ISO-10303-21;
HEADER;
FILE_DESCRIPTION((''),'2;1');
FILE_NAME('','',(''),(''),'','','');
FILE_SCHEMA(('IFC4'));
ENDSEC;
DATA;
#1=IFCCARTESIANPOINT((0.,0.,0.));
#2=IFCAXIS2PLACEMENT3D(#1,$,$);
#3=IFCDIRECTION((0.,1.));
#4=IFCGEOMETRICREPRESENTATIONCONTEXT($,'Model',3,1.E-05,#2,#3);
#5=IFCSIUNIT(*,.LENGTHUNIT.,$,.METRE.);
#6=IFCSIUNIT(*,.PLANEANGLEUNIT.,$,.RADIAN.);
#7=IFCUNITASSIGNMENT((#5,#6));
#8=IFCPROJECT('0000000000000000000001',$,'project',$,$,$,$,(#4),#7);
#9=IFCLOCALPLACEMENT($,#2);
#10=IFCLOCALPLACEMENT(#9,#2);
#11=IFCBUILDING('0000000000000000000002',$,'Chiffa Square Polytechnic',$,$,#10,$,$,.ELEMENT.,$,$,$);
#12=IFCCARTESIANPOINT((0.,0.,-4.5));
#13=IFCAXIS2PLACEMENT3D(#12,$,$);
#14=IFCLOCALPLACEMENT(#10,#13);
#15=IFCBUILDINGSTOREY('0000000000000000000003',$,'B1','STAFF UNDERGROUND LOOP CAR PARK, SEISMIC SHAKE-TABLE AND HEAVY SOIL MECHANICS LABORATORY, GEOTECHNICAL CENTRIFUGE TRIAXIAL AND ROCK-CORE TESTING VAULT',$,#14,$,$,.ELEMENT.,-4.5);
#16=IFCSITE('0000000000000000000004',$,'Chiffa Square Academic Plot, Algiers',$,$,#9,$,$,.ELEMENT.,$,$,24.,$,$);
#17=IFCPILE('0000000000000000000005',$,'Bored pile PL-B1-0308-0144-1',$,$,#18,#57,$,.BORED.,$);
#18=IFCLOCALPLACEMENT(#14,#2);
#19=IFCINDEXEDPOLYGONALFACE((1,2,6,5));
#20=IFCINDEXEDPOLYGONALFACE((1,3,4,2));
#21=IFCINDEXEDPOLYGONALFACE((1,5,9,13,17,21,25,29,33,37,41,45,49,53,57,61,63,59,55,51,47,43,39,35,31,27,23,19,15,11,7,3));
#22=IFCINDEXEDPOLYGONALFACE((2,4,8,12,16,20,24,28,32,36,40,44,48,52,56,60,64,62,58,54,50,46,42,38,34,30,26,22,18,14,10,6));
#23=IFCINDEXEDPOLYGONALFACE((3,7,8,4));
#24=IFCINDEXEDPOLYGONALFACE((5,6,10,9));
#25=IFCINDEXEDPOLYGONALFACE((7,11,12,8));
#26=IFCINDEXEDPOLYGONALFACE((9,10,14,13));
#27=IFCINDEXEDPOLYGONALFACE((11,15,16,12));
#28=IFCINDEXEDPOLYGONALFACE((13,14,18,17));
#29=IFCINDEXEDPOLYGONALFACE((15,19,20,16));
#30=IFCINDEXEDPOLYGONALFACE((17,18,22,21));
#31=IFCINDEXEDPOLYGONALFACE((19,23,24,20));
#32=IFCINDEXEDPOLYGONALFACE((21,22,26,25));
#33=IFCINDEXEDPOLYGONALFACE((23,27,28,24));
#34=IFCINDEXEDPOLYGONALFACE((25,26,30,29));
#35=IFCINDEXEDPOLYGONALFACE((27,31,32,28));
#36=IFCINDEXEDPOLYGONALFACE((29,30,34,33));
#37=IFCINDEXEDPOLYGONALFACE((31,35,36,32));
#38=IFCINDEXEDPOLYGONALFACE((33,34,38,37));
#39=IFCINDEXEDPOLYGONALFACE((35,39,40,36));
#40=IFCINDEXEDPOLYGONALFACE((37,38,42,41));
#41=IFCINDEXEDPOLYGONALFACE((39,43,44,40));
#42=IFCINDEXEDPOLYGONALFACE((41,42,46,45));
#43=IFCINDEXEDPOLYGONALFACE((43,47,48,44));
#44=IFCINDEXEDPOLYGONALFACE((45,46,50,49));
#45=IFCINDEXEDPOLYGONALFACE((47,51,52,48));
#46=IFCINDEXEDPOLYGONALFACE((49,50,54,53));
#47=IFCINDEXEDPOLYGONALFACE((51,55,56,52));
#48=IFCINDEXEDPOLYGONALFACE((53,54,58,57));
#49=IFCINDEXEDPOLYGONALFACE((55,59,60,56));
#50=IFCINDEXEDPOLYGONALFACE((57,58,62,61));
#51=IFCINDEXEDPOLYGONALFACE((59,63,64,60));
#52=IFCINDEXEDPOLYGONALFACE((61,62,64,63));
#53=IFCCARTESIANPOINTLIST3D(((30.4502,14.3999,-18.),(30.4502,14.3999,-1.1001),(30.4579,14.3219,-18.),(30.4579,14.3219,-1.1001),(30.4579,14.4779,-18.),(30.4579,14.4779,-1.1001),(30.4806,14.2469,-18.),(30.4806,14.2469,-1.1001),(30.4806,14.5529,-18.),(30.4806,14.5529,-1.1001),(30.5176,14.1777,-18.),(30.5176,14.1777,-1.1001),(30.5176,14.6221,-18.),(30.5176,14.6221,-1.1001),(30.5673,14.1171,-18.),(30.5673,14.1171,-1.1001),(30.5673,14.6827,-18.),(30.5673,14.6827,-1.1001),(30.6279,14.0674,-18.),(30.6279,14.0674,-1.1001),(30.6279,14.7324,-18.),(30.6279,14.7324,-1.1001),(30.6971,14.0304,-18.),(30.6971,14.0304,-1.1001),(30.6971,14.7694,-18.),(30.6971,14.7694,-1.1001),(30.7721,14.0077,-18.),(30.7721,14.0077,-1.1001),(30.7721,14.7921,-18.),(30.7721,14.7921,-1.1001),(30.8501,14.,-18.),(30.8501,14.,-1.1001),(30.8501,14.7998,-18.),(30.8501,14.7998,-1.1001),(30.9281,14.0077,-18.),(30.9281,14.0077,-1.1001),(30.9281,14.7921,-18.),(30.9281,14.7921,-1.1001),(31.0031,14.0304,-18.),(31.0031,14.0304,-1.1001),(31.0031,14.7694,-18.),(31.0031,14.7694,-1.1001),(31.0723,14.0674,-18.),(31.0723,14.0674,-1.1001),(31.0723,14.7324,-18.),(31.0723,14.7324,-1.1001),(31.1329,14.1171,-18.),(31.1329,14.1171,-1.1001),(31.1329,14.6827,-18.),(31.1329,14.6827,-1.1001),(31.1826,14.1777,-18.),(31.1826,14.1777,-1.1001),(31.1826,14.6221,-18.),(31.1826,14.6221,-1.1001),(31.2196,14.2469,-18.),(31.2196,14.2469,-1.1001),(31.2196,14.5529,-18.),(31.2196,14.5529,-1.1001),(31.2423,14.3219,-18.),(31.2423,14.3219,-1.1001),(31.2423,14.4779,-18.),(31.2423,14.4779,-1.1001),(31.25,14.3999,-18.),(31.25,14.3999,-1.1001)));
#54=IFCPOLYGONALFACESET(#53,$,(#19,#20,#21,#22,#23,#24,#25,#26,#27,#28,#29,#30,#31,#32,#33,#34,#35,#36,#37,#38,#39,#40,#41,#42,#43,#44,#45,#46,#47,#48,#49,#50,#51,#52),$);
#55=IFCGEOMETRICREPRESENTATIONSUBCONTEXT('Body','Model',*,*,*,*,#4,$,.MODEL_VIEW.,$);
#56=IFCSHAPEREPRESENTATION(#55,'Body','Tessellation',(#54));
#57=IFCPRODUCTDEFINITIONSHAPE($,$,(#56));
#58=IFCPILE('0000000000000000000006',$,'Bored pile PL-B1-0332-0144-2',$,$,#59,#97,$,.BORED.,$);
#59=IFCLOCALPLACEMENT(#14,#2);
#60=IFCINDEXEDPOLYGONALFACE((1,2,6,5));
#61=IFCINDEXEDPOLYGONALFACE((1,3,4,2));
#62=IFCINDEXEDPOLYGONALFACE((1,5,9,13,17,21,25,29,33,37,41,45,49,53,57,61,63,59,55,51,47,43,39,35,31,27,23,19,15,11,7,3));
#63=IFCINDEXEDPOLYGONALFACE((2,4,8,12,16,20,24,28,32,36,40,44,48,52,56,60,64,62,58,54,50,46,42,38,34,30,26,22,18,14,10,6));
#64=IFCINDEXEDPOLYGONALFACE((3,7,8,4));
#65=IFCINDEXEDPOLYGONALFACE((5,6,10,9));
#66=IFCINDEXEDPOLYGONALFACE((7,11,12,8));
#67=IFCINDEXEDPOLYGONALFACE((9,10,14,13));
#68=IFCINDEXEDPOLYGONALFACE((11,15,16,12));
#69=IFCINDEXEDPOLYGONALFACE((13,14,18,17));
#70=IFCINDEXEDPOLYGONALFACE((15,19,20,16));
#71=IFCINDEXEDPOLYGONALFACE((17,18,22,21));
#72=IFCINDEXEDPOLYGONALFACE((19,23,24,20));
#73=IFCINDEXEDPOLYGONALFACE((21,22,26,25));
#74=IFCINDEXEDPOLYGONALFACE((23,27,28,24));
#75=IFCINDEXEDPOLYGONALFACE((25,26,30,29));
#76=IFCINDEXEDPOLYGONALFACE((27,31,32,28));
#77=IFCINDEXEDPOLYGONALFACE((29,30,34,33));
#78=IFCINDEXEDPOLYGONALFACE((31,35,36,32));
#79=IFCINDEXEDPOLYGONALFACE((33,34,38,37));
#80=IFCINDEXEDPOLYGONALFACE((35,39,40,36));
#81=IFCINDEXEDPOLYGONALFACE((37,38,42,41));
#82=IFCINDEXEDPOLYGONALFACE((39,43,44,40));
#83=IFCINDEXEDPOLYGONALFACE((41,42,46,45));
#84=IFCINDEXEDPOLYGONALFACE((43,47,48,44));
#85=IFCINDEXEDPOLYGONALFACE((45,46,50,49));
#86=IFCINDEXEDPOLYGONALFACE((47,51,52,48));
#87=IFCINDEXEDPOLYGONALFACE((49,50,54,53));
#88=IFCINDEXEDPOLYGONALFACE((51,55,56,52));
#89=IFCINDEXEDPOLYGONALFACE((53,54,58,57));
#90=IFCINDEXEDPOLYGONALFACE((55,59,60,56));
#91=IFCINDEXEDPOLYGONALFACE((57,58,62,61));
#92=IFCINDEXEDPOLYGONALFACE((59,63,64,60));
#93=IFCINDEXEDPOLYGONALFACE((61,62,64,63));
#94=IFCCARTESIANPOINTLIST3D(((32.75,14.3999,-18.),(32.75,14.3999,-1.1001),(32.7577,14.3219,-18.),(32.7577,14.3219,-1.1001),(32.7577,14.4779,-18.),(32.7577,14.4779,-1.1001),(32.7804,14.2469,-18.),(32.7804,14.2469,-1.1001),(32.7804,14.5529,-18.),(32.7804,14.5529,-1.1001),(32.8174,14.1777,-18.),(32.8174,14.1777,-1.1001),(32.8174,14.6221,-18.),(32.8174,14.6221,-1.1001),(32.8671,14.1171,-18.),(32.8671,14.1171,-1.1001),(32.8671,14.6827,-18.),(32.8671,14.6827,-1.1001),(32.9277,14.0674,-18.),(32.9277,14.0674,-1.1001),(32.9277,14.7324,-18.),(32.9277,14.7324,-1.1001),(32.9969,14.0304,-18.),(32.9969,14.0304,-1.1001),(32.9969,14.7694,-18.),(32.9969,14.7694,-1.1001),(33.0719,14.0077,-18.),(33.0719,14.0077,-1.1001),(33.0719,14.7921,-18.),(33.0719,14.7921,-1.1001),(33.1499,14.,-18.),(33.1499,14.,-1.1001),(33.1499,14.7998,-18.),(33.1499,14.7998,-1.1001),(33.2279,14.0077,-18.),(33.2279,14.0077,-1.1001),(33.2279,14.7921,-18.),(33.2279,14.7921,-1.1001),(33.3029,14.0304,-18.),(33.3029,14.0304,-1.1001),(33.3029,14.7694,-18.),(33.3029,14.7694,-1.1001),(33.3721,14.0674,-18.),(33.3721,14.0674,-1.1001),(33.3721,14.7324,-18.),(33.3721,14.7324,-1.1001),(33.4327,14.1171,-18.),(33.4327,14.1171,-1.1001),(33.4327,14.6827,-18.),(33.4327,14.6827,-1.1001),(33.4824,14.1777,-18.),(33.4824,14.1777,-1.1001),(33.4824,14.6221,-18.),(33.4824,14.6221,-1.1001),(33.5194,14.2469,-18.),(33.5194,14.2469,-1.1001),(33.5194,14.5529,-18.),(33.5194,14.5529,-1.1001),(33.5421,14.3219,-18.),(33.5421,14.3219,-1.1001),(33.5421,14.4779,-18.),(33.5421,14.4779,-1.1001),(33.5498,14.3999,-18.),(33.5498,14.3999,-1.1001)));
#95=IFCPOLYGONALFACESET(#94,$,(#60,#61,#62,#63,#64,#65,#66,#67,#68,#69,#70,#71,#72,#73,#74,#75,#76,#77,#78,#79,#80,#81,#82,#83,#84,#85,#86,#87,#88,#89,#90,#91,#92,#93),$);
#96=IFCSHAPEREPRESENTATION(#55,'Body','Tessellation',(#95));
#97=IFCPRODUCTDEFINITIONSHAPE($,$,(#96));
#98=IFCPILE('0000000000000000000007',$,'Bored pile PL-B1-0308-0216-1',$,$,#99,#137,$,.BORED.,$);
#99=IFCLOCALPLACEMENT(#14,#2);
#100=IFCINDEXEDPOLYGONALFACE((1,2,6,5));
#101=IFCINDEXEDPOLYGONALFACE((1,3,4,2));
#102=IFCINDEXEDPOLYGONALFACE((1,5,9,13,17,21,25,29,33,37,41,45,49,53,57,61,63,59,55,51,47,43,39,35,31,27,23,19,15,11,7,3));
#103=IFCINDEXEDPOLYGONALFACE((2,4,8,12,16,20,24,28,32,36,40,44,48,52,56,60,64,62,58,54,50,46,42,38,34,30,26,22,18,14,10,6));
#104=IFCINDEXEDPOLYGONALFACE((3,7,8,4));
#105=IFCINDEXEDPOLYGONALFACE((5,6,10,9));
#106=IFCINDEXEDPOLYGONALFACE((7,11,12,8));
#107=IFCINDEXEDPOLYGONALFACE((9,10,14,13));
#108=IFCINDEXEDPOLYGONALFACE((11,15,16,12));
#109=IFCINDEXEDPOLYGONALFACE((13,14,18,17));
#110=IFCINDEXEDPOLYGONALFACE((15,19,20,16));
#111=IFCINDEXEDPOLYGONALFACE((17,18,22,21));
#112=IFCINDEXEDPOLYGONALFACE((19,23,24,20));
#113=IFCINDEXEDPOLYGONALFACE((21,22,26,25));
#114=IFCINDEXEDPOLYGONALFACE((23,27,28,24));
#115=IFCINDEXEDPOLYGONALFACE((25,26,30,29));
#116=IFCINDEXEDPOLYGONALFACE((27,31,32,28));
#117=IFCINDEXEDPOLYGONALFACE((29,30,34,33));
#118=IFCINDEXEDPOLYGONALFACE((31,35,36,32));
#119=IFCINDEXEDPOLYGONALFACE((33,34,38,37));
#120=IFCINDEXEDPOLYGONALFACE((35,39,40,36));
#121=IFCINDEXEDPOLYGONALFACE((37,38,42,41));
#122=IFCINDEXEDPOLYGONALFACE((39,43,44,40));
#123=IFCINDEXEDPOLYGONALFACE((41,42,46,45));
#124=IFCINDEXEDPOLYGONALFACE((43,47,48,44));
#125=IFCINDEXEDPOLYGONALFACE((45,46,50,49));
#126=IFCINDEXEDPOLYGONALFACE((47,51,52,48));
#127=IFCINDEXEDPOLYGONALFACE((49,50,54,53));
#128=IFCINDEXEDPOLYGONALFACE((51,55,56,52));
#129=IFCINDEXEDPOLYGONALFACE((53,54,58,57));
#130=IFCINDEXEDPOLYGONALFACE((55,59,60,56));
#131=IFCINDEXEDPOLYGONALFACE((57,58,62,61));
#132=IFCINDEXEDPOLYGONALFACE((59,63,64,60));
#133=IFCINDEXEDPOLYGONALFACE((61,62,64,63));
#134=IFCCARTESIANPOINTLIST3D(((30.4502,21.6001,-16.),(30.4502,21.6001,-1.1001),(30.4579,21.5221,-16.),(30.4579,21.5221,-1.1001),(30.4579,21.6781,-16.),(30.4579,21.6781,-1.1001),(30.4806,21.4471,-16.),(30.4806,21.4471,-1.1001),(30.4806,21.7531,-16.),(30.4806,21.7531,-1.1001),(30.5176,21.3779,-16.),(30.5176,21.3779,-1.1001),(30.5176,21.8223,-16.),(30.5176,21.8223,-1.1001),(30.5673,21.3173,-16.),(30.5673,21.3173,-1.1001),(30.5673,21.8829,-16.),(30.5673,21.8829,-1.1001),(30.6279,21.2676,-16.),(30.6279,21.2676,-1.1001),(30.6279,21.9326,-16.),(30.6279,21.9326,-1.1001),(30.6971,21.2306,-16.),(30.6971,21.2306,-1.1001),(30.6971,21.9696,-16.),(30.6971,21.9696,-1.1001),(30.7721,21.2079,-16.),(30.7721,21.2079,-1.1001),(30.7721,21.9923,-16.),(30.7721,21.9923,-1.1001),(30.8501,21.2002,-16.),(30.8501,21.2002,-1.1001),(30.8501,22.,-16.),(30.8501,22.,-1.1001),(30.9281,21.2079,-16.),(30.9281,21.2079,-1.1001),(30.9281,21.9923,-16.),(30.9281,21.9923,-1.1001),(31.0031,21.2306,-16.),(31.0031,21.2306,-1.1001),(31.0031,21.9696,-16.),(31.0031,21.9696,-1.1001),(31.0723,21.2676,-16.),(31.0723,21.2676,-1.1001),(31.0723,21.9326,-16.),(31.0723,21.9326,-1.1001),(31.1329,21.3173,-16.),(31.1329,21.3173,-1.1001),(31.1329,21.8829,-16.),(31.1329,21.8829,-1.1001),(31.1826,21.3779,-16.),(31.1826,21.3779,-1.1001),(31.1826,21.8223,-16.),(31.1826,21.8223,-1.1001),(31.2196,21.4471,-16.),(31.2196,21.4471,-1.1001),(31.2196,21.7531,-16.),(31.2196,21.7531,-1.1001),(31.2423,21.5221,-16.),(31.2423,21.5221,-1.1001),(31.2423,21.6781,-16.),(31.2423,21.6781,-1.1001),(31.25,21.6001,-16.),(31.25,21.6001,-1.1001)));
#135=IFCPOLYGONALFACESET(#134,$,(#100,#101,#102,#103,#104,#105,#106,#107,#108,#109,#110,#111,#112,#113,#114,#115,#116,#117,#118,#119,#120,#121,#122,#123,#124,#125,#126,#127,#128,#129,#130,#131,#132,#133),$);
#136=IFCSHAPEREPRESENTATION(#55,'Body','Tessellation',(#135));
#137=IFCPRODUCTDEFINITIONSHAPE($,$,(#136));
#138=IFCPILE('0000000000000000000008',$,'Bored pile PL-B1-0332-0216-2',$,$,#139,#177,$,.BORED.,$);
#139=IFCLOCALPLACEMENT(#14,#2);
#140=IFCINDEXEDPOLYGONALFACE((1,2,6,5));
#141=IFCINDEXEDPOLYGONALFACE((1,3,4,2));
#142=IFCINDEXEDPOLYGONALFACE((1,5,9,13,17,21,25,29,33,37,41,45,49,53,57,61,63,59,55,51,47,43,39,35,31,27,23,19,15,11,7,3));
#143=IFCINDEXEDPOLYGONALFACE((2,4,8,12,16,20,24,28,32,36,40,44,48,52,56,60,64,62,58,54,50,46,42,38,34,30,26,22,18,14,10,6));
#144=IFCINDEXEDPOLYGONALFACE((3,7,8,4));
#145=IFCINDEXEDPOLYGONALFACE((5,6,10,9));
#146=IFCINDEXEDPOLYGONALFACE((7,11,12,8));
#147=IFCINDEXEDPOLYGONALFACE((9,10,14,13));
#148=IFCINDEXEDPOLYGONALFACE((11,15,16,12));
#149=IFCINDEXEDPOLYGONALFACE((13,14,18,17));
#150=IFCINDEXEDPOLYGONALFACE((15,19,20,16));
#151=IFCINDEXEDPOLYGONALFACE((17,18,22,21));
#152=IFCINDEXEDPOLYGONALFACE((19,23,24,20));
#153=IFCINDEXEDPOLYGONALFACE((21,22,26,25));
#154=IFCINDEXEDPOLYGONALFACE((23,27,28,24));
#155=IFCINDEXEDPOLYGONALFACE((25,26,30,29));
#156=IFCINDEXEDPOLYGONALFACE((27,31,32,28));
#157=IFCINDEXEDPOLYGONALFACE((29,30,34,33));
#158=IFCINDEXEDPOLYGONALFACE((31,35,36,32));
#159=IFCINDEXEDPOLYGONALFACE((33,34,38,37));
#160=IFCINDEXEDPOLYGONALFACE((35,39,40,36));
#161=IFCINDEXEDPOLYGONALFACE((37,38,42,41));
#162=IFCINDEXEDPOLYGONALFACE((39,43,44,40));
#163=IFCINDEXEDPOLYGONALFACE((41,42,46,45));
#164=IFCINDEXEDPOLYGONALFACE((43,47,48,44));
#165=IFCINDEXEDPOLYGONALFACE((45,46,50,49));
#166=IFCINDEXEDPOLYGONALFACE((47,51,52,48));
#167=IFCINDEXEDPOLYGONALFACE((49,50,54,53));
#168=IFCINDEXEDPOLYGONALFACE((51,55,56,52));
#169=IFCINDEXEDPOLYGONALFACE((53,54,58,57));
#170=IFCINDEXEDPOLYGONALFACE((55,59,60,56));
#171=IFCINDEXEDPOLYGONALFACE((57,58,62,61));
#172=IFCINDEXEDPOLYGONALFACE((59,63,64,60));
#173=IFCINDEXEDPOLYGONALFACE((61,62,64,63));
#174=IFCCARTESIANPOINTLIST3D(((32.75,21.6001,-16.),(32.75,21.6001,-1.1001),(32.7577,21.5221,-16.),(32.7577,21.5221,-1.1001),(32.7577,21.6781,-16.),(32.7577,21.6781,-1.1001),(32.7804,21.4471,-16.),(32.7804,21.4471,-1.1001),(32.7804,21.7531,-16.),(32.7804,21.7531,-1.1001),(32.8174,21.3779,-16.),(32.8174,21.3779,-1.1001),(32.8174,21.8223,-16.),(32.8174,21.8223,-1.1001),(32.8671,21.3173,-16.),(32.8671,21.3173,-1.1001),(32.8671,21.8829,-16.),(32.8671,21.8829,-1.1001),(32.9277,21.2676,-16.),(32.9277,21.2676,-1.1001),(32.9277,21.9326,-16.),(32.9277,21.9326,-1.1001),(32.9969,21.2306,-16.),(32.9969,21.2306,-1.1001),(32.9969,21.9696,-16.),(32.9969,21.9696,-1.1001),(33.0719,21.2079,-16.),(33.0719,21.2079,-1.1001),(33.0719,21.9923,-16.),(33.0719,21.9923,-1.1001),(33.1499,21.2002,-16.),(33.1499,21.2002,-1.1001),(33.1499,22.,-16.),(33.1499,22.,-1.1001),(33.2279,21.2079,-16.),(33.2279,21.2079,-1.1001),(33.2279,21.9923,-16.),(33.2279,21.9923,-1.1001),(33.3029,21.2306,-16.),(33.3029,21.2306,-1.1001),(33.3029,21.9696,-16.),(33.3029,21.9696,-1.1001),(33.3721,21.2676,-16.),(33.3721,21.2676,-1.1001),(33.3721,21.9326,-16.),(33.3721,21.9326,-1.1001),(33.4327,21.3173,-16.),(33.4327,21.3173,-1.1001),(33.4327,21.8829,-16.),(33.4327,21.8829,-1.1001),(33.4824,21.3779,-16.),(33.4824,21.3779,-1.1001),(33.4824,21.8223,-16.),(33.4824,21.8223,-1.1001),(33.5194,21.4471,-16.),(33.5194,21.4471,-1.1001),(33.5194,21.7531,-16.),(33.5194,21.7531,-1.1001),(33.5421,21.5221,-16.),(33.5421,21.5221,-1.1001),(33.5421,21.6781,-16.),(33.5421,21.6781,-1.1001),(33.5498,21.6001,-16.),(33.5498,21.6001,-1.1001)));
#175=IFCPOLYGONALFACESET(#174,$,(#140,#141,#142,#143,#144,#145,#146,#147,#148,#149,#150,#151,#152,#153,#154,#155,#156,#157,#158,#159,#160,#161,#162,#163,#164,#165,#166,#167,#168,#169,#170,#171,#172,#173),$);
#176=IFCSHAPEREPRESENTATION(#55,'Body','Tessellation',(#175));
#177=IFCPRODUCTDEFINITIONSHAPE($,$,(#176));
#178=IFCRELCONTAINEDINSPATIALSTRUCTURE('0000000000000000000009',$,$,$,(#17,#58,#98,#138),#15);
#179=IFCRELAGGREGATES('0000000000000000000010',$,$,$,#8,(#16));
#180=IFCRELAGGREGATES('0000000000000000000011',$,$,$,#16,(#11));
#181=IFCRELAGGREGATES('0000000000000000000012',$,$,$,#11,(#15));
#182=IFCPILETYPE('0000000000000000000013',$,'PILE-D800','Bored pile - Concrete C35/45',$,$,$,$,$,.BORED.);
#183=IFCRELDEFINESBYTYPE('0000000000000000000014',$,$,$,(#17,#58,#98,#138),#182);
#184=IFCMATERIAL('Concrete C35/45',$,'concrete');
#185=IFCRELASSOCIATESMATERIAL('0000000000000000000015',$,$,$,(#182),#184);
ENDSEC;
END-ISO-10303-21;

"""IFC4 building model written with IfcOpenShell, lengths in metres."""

from ifc_helpers import new_model, si_unit, direction, frame, origin, origin_2d, place, context, subcontext, project, spatial, circle, extrude, material, material_profile, profile_set, type_object, element, save


model = new_model("IFC4")

# Units and contexts
model_context = context("Model", 3, precision=1e-05, world=origin(), true_north=direction((0.0, 1.0)))
body_context = subcontext(model_context, "Body", "Model", "MODEL_VIEW")
ifc_project = project(units=[si_unit("LENGTHUNIT", "METRE"), si_unit("PLANEANGLEUNIT", "RADIAN")], contexts=[model_context])

# Site, building, storey
site_placement = place(None, origin())
site = spatial("IfcSite", under=ifc_project, at=site_placement, Name="Chiffa Square Academic Plot, Algiers", CompositionType="ELEMENT", RefElevation=24.0)
building_placement = place(site_placement, origin())
building = spatial("IfcBuilding", under=site, at=building_placement, Name="Chiffa Square Polytechnic", CompositionType="ELEMENT")
storey_placement = place(building_placement, frame((0.0, 0.0, -4.5)))
storey = spatial("IfcBuildingStorey", under=building, at=storey_placement, Name="B1", Description="STAFF UNDERGROUND LOOP CAR PARK, SEISMIC SHAKE-TABLE AND HEAVY SOIL MECHANICS LABORATORY, GEOTECHNICAL CENTRIFUGE TRIAXIAL AND ROCK-CORE TESTING VAULT", CompositionType="ELEMENT", Elevation=-4.5)

# Shared definitions
ifc_material = material(Name="Concrete C35/45", Category="concrete")

# Piles
ifc_material_profile_1 = material_profile(ifc_material, circle(Radius=0.3999, at=origin_2d()), Name="PILE D800")
ifc_profile_set_1 = profile_set([ifc_material_profile_1], Name="Concrete C35/45")
pile_type_1 = type_object("IfcPileType", Name="PILE-D800", Description="Bored pile - Concrete C35/45", PredefinedType="BORED", material=ifc_profile_set_1)
for number, where, z_axis, x_axis, name in (
    (1, (30.8501, 14.3999, -1.1001), (0.0, 0.0, -1.0), (1.0, 0.0, 0.0), "Bored pile PL-B1-0308-0144-1"),
    (2, (33.1499, 14.3999, -1.1001), (0.0, 0.0, -1.0), (1.0, 0.0, 0.0), "Bored pile PL-B1-0332-0144-2"),
):
    element("IfcPile", number, at=place(storey_placement, frame(where, z_axis=z_axis, x_axis=x_axis)), inside=storey, type_object=pile_type_1, Name=name, PredefinedType="BORED", context=body_context, shape_type="SweptSolid", body=[
        extrude(circle(Radius=0.3999, at=origin_2d()), origin(), (0.0, 0.0, 1.0), 16.8999),
    ])
for number, where, z_axis, x_axis, name in (
    (3, (30.8501, 21.6001, -1.1001), (0.0, 0.0, -1.0), (1.0, 0.0, 0.0), "Bored pile PL-B1-0308-0216-1"),
    (4, (33.1499, 21.6001, -1.1001), (0.0, 0.0, -1.0), (1.0, 0.0, 0.0), "Bored pile PL-B1-0332-0216-2"),
):
    element("IfcPile", number, at=place(storey_placement, frame(where, z_axis=z_axis, x_axis=x_axis)), inside=storey, type_object=pile_type_1, Name=name, PredefinedType="BORED", context=body_context, shape_type="SweptSolid", body=[
        extrude(circle(Radius=0.3999, at=origin_2d()), origin(), (0.0, 0.0, 1.0), 14.8999),
    ])

save(model, "model.ifc")
